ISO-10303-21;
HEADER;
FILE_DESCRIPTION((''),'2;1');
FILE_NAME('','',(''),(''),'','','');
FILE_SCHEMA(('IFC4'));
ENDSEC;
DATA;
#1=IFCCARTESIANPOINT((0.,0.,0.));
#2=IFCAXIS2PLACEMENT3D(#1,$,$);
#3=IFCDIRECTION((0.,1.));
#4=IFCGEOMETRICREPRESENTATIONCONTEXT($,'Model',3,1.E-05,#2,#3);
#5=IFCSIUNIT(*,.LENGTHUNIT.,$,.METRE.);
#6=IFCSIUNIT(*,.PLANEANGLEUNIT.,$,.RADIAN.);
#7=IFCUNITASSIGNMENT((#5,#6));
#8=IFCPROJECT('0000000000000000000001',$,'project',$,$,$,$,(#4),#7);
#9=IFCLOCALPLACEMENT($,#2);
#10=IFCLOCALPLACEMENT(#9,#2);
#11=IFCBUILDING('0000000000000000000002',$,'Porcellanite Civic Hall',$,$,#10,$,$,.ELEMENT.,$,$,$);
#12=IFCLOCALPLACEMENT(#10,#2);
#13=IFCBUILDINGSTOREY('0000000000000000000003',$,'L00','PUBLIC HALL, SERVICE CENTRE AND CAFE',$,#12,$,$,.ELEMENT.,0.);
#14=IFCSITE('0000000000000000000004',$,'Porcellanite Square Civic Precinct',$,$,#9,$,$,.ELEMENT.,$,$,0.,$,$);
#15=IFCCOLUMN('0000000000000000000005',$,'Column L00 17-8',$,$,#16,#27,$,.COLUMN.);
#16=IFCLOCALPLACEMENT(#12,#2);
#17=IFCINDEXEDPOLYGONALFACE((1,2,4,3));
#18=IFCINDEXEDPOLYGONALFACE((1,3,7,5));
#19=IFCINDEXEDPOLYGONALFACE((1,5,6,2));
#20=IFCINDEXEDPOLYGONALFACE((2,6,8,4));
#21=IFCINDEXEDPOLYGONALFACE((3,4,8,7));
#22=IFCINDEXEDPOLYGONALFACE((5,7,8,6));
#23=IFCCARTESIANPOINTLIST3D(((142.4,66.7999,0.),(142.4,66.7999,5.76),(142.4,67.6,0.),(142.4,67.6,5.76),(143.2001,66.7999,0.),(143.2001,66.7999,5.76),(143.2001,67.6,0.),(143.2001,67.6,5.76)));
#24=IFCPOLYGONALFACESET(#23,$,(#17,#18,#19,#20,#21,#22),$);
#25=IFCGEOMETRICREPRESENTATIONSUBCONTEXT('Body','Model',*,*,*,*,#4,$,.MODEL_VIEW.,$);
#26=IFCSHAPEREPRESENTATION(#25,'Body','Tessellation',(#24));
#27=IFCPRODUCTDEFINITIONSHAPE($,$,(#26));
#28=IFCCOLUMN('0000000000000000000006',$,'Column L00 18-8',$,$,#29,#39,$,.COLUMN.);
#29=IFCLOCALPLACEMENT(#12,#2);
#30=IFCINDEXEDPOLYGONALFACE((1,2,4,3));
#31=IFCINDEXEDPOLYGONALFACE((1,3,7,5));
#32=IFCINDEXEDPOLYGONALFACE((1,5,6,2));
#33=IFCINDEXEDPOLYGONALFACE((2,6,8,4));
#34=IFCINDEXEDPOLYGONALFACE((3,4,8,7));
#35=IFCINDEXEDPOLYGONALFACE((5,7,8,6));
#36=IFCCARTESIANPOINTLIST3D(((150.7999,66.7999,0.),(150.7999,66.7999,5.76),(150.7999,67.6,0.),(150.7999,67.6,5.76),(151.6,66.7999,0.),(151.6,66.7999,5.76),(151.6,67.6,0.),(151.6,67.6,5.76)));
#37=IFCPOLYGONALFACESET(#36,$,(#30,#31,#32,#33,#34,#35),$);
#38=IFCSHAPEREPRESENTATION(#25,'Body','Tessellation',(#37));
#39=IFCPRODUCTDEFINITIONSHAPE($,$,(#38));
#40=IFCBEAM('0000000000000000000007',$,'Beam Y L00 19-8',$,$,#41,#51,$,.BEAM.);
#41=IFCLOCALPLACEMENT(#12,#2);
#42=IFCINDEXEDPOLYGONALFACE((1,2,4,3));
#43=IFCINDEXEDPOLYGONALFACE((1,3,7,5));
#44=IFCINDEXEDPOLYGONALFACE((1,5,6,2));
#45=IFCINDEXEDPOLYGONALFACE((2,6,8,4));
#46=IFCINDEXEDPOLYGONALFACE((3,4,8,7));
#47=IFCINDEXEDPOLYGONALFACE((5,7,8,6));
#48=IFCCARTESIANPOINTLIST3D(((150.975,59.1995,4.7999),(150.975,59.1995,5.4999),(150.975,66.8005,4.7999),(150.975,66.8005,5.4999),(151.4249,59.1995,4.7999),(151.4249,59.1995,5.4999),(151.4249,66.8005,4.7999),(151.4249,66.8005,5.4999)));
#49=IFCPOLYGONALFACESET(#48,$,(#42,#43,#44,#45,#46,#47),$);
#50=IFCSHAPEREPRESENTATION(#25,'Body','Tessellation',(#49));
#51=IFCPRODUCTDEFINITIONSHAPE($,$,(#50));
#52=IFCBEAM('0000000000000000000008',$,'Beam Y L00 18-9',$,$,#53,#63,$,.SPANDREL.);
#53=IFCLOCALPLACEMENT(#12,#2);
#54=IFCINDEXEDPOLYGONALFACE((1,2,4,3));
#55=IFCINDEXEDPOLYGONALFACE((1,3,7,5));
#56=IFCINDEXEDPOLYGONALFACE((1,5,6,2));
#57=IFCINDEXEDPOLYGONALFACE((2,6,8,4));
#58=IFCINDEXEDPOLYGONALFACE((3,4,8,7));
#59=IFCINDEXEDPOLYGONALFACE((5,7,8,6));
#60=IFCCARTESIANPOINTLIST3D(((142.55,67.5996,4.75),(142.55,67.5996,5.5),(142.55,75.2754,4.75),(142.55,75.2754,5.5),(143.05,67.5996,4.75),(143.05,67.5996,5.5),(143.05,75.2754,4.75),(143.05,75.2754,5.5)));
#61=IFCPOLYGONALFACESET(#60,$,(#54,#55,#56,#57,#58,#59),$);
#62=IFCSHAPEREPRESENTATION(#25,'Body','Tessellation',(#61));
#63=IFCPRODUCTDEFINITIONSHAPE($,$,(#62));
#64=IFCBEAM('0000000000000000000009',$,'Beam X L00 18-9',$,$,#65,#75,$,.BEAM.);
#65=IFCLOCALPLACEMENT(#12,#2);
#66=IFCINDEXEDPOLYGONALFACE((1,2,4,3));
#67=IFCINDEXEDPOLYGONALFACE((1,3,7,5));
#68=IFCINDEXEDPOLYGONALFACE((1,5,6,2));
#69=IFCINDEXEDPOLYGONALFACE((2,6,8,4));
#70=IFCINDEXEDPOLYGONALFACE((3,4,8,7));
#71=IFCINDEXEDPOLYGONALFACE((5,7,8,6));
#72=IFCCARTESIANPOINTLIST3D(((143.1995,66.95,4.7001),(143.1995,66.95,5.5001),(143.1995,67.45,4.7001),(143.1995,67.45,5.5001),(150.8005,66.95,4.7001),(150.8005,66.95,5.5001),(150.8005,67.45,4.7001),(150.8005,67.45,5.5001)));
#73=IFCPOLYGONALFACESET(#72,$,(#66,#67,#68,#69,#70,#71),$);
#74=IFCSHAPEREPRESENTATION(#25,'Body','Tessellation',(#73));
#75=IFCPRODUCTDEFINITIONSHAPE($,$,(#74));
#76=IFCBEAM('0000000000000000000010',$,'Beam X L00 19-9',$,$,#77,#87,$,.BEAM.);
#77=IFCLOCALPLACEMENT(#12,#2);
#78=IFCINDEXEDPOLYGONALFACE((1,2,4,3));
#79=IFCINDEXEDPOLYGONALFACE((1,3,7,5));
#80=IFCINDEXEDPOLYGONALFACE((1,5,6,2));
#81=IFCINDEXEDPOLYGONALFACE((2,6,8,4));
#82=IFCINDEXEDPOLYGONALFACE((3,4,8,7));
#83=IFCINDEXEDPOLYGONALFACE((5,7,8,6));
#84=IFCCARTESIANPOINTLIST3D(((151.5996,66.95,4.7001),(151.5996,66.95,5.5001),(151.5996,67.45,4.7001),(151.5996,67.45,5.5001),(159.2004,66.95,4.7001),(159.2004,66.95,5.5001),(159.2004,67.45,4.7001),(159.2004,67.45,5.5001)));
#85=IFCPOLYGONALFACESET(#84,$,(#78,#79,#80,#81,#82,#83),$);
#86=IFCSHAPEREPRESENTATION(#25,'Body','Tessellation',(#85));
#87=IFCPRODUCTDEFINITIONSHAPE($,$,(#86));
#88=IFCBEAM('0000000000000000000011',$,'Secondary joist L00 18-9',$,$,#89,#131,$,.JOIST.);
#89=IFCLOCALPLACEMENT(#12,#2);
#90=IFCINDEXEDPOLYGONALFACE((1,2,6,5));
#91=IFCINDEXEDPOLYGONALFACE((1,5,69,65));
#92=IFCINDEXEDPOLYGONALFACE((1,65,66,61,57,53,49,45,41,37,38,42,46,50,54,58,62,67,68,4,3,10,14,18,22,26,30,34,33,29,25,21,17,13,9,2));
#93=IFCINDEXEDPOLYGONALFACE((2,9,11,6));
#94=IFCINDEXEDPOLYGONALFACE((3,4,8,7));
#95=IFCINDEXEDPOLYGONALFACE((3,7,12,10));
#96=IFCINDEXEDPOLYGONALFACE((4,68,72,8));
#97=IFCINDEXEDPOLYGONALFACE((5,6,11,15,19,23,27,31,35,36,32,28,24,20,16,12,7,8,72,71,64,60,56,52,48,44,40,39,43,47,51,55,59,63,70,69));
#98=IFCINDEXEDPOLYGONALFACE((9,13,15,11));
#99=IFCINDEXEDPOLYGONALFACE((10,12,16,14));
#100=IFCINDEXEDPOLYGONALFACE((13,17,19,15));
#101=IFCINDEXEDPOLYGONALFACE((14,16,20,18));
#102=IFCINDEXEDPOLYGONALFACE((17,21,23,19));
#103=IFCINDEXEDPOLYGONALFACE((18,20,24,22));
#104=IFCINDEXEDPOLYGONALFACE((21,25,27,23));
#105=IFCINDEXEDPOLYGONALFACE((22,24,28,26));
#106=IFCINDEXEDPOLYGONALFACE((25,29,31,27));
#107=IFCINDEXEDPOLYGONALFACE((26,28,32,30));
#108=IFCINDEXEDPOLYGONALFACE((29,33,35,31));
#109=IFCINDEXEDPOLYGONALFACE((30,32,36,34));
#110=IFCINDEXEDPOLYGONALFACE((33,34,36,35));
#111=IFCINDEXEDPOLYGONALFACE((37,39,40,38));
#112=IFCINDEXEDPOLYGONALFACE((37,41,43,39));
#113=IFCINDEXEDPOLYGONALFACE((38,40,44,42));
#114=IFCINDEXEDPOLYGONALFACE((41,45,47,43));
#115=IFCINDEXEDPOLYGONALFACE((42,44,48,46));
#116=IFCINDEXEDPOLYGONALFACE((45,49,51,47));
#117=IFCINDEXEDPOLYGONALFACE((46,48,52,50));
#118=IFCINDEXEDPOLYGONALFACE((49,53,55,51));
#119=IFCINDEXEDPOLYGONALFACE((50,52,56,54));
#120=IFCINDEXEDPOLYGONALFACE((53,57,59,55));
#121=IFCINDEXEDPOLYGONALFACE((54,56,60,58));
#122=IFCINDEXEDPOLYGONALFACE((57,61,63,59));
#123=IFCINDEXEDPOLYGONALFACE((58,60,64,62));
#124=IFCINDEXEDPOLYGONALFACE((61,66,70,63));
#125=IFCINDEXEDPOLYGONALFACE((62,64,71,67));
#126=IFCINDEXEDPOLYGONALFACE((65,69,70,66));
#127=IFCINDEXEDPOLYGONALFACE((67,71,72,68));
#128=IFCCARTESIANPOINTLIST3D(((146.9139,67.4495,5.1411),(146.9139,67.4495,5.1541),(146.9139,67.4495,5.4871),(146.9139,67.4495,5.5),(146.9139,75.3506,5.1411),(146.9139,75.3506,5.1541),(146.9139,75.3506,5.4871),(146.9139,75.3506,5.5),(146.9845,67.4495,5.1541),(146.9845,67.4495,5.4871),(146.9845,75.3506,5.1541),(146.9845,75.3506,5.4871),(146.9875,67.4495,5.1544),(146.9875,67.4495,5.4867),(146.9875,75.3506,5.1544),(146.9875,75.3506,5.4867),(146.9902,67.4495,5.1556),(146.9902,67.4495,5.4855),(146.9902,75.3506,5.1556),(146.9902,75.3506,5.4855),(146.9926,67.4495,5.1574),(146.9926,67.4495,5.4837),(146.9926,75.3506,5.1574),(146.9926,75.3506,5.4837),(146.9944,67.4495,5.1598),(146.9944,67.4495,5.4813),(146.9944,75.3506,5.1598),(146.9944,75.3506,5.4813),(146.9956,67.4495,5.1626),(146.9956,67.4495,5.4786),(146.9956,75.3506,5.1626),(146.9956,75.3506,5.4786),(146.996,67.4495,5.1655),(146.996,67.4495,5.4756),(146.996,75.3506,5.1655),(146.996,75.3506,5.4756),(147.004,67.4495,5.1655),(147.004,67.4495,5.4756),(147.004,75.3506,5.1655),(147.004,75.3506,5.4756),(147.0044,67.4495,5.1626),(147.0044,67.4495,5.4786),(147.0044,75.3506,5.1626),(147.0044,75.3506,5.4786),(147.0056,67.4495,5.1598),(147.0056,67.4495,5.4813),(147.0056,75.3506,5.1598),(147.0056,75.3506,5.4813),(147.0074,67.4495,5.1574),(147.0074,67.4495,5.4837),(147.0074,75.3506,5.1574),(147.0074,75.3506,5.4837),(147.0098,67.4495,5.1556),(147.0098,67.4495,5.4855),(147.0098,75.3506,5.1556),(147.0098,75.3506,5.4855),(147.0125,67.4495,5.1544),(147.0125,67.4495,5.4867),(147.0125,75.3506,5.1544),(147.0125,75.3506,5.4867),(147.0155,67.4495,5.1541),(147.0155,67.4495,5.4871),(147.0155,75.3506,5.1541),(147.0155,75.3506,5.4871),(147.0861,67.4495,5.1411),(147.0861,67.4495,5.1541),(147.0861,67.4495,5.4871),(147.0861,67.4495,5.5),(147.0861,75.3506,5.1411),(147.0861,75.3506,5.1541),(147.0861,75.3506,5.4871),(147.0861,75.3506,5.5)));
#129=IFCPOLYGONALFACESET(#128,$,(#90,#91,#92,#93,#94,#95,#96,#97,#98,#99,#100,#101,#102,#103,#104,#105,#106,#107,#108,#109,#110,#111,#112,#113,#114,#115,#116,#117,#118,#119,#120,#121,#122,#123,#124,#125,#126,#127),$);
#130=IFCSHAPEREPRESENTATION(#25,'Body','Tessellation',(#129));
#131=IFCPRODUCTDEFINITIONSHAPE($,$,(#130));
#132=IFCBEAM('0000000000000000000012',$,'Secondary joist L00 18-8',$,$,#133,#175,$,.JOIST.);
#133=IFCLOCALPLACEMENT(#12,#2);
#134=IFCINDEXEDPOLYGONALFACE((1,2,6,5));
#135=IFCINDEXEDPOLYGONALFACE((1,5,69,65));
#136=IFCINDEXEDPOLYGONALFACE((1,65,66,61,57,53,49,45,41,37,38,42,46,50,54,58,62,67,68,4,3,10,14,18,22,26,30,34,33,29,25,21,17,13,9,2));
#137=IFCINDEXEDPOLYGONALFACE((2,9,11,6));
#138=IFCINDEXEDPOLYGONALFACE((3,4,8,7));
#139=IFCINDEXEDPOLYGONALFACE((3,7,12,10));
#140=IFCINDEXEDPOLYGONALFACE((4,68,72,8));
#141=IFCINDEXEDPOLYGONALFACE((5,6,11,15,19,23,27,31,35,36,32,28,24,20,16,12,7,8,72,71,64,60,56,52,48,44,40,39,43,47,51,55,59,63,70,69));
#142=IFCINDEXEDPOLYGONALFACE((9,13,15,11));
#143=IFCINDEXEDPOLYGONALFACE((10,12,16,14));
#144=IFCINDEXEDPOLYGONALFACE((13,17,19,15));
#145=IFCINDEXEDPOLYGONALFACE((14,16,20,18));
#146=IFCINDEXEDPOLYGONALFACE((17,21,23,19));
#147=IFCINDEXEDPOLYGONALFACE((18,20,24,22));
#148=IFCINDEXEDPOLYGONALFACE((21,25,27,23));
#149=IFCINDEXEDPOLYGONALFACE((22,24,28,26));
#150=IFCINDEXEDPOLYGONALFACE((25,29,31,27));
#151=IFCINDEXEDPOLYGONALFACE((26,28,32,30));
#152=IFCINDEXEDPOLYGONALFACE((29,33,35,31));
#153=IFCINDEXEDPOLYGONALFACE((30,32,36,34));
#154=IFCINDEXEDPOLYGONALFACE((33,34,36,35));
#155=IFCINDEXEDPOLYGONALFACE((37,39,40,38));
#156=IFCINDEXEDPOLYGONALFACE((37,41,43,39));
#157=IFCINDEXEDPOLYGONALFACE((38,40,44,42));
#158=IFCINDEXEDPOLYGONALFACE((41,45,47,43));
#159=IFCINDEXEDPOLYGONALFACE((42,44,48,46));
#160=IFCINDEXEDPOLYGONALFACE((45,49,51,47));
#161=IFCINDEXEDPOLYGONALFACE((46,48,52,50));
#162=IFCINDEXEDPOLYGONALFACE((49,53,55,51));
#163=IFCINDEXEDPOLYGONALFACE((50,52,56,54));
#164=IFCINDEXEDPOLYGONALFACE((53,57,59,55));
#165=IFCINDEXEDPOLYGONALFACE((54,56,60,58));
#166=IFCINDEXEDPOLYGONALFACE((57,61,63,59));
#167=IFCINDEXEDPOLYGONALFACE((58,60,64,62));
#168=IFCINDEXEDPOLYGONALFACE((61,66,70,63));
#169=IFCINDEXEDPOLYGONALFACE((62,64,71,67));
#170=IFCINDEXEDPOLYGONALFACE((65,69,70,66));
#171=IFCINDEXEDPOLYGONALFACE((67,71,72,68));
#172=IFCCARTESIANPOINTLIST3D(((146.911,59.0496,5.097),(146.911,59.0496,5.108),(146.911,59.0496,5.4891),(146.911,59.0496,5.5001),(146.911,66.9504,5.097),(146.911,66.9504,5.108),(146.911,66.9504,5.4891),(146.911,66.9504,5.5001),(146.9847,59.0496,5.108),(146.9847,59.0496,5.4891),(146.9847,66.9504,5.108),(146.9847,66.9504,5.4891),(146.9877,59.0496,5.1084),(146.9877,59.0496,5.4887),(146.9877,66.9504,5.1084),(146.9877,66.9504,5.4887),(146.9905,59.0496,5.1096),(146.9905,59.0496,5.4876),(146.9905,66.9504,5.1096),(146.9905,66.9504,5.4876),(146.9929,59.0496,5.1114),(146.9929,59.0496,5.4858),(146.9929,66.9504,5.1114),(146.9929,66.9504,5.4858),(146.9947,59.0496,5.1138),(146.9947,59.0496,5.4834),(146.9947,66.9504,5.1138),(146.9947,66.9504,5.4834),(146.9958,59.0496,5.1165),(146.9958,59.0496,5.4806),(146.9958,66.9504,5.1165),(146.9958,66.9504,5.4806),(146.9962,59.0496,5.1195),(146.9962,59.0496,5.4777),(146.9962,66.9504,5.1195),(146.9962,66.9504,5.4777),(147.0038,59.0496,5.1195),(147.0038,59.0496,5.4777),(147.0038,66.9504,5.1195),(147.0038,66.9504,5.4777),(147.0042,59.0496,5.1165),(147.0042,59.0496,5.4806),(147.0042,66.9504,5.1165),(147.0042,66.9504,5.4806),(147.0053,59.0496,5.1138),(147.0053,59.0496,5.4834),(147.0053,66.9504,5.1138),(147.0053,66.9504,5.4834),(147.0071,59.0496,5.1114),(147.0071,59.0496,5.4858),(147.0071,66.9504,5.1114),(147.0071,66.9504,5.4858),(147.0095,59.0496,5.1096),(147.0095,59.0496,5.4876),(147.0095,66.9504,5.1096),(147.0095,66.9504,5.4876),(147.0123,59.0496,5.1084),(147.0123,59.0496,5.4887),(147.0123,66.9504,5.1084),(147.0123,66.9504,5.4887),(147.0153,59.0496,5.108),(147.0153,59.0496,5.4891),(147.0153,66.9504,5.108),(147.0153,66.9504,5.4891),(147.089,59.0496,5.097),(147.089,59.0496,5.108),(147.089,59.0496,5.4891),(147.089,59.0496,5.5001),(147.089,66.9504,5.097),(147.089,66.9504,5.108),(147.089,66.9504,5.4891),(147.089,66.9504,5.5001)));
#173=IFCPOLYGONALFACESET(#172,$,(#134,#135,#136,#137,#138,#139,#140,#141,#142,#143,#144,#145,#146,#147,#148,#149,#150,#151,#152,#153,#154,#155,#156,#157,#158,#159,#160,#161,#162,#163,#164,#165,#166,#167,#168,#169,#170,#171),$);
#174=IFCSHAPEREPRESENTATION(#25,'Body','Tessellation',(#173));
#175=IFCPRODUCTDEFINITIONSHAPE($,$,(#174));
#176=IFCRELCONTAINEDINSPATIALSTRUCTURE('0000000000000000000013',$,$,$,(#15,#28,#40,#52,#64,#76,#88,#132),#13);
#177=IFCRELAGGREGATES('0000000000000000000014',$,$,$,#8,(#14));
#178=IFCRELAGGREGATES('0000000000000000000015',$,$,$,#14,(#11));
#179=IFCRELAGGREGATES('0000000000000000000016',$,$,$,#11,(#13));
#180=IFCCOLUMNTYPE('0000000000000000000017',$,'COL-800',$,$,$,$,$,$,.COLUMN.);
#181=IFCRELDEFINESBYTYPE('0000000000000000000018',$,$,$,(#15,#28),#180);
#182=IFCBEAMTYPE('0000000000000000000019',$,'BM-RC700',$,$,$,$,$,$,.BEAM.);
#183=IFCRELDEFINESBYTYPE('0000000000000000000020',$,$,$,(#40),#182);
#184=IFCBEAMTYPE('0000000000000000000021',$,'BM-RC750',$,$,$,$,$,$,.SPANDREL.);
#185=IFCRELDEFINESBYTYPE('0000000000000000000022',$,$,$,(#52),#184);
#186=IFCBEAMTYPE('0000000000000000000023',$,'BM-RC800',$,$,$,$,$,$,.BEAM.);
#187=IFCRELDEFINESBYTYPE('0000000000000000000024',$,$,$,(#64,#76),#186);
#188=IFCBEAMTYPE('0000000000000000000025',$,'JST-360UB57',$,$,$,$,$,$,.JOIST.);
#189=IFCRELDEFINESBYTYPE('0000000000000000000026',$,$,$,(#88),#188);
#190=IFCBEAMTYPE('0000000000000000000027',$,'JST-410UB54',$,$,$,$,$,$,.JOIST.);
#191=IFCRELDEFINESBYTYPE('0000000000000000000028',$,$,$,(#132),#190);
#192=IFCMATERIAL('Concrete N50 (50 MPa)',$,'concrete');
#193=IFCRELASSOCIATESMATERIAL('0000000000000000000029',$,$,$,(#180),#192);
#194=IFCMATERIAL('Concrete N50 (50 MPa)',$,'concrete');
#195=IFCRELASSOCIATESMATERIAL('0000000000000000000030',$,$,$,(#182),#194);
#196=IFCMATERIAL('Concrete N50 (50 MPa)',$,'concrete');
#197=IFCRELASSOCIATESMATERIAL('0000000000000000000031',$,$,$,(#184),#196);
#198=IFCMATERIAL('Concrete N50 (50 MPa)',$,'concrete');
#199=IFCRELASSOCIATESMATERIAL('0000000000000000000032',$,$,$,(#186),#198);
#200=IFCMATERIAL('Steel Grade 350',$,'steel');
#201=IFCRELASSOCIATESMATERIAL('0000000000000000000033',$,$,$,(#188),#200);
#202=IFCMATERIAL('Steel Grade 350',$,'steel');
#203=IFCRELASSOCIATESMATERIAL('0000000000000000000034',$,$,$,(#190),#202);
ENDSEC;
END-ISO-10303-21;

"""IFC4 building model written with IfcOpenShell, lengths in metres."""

from ifc_helpers import new_model, si_unit, direction, frame, origin, origin_2d, place, context, subcontext, project, spatial, rectangle, i_section, extrude, material, material_profile, profile_set, type_object, element, save


model = new_model("IFC4")

# Units and contexts
model_context = context("Model", 3, precision=1e-05, world=origin(), true_north=direction((0.0, 1.0)))
body_context = subcontext(model_context, "Body", "Model", "MODEL_VIEW")
ifc_project = project(units=[si_unit("LENGTHUNIT", "METRE"), si_unit("PLANEANGLEUNIT", "RADIAN")], contexts=[model_context])

# Site, building, storey
site_placement = place(None, origin())
site = spatial("IfcSite", under=ifc_project, at=site_placement, Name="Porcellanite Square Civic Precinct", CompositionType="ELEMENT", RefElevation=0.0)
building_placement = place(site_placement, origin())
building = spatial("IfcBuilding", under=site, at=building_placement, Name="Porcellanite Civic Hall", CompositionType="ELEMENT")
storey_placement = place(building_placement, origin())
storey = spatial("IfcBuildingStorey", under=building, at=storey_placement, Name="L00", Description="PUBLIC HALL, SERVICE CENTRE AND CAFE", CompositionType="ELEMENT", Elevation=0.0)

# Columns
ifc_material_1 = material(Name="Concrete N50 (50 MPa)", Category="concrete")
ifc_material_profile_1 = material_profile(ifc_material_1, rectangle(XDim=0.8, YDim=0.8, at=origin_2d()), Name="RC-800x800")
ifc_profile_set_1 = profile_set([ifc_material_profile_1], Name="Concrete N50 (50 MPa)")
column_type = type_object("IfcColumnType", Name="COL-800", PredefinedType="COLUMN", material=ifc_profile_set_1)
for number, where, z_axis, x_axis, name in (
    (1, (142.8, 67.2, 0.0), (0.0, 0.0, 1.0), (1.0, 0.0, 0.0), "Column L00 17-8"),
    (2, (151.2, 67.2, 0.0), (0.0, 0.0, 1.0), (1.0, 0.0, 0.0), "Column L00 18-8"),
):
    element("IfcColumn", number, at=place(storey_placement, frame(where, z_axis=z_axis, x_axis=x_axis)), inside=storey, type_object=column_type, Name=name, PredefinedType="COLUMN", context=body_context, shape_type="SweptSolid", body=[
        extrude(rectangle(XDim=0.8, YDim=0.8, at=origin_2d()), origin(), (0.0, 0.0, 1.0), 5.76),
    ])

# Beams
ifc_material_2 = material(Name="Concrete N50 (50 MPa)", Category="concrete")
ifc_material_profile_2 = material_profile(ifc_material_2, rectangle(XDim=0.45, YDim=0.7, at=origin_2d()), Name="RC-450x700")
ifc_profile_set_2 = profile_set([ifc_material_profile_2], Name="Concrete N50 (50 MPa)")
beam_type_1 = type_object("IfcBeamType", Name="BM-RC700", PredefinedType="BEAM", material=ifc_profile_set_2)
beam_1_placement = place(storey_placement, frame((151.2, 59.1995, 5.1499), z_axis=(0.0, 1.0, 0.0), x_axis=(-1.0, 0.0, 0.0)))
element("IfcBeam", 3, at=beam_1_placement, inside=storey, type_object=beam_type_1, Name="Beam Y L00 19-8", PredefinedType="BEAM", context=body_context, shape_type="SweptSolid", body=[
    extrude(rectangle(XDim=0.45, YDim=0.7, at=origin_2d()), origin(), (0.0, 0.0, 1.0), 7.6011),
])
ifc_material_3 = material(Name="Concrete N50 (50 MPa)", Category="concrete")
ifc_material_profile_3 = material_profile(ifc_material_3, rectangle(XDim=0.5, YDim=0.75, at=origin_2d()), Name="RC-500x750")
ifc_profile_set_3 = profile_set([ifc_material_profile_3], Name="Concrete N50 (50 MPa)")
beam_type_2 = type_object("IfcBeamType", Name="BM-RC750", PredefinedType="SPANDREL", material=ifc_profile_set_3)
beam_2_placement = place(storey_placement, frame((142.8, 67.5996, 5.125), z_axis=(0.0, 1.0, 0.0), x_axis=(-1.0, 0.0, 0.0)))
element("IfcBeam", 4, at=beam_2_placement, inside=storey, type_object=beam_type_2, Name="Beam Y L00 18-9", PredefinedType="SPANDREL", context=body_context, shape_type="SweptSolid", body=[
    extrude(rectangle(XDim=0.5, YDim=0.75, at=origin_2d()), origin(), (0.0, 0.0, 1.0), 7.6758),
])
ifc_material_4 = material(Name="Concrete N50 (50 MPa)", Category="concrete")
ifc_material_profile_4 = material_profile(ifc_material_4, rectangle(XDim=0.5, YDim=0.8, at=origin_2d()), Name="RC-500x800")
ifc_profile_set_4 = profile_set([ifc_material_profile_4], Name="Concrete N50 (50 MPa)")
beam_type_3 = type_object("IfcBeamType", Name="BM-RC800", PredefinedType="BEAM", material=ifc_profile_set_4)
beam_3_placement = place(storey_placement, frame((143.1995, 67.2, 5.1001), z_axis=(1.0, 0.0, 0.0), x_axis=(0.0, 1.0, 0.0)))
element("IfcBeam", 5, at=beam_3_placement, inside=storey, type_object=beam_type_3, Name="Beam X L00 18-9", PredefinedType="BEAM", context=body_context, shape_type="SweptSolid", body=[
    extrude(rectangle(XDim=0.5, YDim=0.8, at=origin_2d()), origin(), (0.0, 0.0, 1.0), 7.6011),
])
beam_4_placement = place(storey_placement, frame((151.5996, 67.2, 5.1001), z_axis=(1.0, 0.0, 0.0), x_axis=(0.0, 1.0, 0.0)))
element("IfcBeam", 6, at=beam_4_placement, inside=storey, type_object=beam_type_3, Name="Beam X L00 19-9", PredefinedType="BEAM", context=body_context, shape_type="SweptSolid", body=[
    extrude(rectangle(XDim=0.5, YDim=0.8, at=origin_2d()), origin(), (0.0, 0.0, 1.0), 7.6008),
])
ifc_material_5 = material(Name="Steel Grade 350", Category="steel")
ifc_material_profile_5 = material_profile(ifc_material_5, i_section(OverallWidth=0.1721, OverallDepth=0.3589, WebThickness=0.0081, FlangeThickness=0.0129, FilletRadius=0.0115, at=origin_2d()), Name="360UB56.7")
ifc_profile_set_5 = profile_set([ifc_material_profile_5], Name="Steel Grade 350")
beam_type_4 = type_object("IfcBeamType", Name="JST-360UB57", PredefinedType="JOIST", material=ifc_profile_set_5)
beam_5_placement = place(storey_placement, frame((147.0, 67.4495, 5.3206), z_axis=(0.0, 1.0, 0.0), x_axis=(-1.0, 0.0, 0.0)))
element("IfcBeam", 7, at=beam_5_placement, inside=storey, type_object=beam_type_4, Name="Secondary joist L00 18-9", PredefinedType="JOIST", context=body_context, shape_type="SweptSolid", body=[
    extrude(i_section(OverallWidth=0.1721, OverallDepth=0.3589, WebThickness=0.0081, FlangeThickness=0.0129, FilletRadius=0.0115, at=origin_2d()), origin(), (0.0, 0.0, 1.0), 7.9011),
])
ifc_material_6 = material(Name="Steel Grade 350", Category="steel")
ifc_material_profile_6 = material_profile(ifc_material_6, i_section(OverallWidth=0.178, OverallDepth=0.4031, WebThickness=0.0076, FlangeThickness=0.011, FilletRadius=0.0115, at=origin_2d()), Name="410UB53.7")
ifc_profile_set_6 = profile_set([ifc_material_profile_6], Name="Steel Grade 350")
beam_type_5 = type_object("IfcBeamType", Name="JST-410UB54", PredefinedType="JOIST", material=ifc_profile_set_6)
beam_6_placement = place(storey_placement, frame((147.0, 59.0496, 5.2986), z_axis=(0.0, 1.0, 0.0), x_axis=(-1.0, 0.0, 0.0)))
element("IfcBeam", 8, at=beam_6_placement, inside=storey, type_object=beam_type_5, Name="Secondary joist L00 18-8", PredefinedType="JOIST", context=body_context, shape_type="SweptSolid", body=[
    extrude(i_section(OverallWidth=0.178, OverallDepth=0.4031, WebThickness=0.0076, FlangeThickness=0.011, FilletRadius=0.0115, at=origin_2d()), origin(), (0.0, 0.0, 1.0), 7.9009),
])

save(model, "model.ifc")
